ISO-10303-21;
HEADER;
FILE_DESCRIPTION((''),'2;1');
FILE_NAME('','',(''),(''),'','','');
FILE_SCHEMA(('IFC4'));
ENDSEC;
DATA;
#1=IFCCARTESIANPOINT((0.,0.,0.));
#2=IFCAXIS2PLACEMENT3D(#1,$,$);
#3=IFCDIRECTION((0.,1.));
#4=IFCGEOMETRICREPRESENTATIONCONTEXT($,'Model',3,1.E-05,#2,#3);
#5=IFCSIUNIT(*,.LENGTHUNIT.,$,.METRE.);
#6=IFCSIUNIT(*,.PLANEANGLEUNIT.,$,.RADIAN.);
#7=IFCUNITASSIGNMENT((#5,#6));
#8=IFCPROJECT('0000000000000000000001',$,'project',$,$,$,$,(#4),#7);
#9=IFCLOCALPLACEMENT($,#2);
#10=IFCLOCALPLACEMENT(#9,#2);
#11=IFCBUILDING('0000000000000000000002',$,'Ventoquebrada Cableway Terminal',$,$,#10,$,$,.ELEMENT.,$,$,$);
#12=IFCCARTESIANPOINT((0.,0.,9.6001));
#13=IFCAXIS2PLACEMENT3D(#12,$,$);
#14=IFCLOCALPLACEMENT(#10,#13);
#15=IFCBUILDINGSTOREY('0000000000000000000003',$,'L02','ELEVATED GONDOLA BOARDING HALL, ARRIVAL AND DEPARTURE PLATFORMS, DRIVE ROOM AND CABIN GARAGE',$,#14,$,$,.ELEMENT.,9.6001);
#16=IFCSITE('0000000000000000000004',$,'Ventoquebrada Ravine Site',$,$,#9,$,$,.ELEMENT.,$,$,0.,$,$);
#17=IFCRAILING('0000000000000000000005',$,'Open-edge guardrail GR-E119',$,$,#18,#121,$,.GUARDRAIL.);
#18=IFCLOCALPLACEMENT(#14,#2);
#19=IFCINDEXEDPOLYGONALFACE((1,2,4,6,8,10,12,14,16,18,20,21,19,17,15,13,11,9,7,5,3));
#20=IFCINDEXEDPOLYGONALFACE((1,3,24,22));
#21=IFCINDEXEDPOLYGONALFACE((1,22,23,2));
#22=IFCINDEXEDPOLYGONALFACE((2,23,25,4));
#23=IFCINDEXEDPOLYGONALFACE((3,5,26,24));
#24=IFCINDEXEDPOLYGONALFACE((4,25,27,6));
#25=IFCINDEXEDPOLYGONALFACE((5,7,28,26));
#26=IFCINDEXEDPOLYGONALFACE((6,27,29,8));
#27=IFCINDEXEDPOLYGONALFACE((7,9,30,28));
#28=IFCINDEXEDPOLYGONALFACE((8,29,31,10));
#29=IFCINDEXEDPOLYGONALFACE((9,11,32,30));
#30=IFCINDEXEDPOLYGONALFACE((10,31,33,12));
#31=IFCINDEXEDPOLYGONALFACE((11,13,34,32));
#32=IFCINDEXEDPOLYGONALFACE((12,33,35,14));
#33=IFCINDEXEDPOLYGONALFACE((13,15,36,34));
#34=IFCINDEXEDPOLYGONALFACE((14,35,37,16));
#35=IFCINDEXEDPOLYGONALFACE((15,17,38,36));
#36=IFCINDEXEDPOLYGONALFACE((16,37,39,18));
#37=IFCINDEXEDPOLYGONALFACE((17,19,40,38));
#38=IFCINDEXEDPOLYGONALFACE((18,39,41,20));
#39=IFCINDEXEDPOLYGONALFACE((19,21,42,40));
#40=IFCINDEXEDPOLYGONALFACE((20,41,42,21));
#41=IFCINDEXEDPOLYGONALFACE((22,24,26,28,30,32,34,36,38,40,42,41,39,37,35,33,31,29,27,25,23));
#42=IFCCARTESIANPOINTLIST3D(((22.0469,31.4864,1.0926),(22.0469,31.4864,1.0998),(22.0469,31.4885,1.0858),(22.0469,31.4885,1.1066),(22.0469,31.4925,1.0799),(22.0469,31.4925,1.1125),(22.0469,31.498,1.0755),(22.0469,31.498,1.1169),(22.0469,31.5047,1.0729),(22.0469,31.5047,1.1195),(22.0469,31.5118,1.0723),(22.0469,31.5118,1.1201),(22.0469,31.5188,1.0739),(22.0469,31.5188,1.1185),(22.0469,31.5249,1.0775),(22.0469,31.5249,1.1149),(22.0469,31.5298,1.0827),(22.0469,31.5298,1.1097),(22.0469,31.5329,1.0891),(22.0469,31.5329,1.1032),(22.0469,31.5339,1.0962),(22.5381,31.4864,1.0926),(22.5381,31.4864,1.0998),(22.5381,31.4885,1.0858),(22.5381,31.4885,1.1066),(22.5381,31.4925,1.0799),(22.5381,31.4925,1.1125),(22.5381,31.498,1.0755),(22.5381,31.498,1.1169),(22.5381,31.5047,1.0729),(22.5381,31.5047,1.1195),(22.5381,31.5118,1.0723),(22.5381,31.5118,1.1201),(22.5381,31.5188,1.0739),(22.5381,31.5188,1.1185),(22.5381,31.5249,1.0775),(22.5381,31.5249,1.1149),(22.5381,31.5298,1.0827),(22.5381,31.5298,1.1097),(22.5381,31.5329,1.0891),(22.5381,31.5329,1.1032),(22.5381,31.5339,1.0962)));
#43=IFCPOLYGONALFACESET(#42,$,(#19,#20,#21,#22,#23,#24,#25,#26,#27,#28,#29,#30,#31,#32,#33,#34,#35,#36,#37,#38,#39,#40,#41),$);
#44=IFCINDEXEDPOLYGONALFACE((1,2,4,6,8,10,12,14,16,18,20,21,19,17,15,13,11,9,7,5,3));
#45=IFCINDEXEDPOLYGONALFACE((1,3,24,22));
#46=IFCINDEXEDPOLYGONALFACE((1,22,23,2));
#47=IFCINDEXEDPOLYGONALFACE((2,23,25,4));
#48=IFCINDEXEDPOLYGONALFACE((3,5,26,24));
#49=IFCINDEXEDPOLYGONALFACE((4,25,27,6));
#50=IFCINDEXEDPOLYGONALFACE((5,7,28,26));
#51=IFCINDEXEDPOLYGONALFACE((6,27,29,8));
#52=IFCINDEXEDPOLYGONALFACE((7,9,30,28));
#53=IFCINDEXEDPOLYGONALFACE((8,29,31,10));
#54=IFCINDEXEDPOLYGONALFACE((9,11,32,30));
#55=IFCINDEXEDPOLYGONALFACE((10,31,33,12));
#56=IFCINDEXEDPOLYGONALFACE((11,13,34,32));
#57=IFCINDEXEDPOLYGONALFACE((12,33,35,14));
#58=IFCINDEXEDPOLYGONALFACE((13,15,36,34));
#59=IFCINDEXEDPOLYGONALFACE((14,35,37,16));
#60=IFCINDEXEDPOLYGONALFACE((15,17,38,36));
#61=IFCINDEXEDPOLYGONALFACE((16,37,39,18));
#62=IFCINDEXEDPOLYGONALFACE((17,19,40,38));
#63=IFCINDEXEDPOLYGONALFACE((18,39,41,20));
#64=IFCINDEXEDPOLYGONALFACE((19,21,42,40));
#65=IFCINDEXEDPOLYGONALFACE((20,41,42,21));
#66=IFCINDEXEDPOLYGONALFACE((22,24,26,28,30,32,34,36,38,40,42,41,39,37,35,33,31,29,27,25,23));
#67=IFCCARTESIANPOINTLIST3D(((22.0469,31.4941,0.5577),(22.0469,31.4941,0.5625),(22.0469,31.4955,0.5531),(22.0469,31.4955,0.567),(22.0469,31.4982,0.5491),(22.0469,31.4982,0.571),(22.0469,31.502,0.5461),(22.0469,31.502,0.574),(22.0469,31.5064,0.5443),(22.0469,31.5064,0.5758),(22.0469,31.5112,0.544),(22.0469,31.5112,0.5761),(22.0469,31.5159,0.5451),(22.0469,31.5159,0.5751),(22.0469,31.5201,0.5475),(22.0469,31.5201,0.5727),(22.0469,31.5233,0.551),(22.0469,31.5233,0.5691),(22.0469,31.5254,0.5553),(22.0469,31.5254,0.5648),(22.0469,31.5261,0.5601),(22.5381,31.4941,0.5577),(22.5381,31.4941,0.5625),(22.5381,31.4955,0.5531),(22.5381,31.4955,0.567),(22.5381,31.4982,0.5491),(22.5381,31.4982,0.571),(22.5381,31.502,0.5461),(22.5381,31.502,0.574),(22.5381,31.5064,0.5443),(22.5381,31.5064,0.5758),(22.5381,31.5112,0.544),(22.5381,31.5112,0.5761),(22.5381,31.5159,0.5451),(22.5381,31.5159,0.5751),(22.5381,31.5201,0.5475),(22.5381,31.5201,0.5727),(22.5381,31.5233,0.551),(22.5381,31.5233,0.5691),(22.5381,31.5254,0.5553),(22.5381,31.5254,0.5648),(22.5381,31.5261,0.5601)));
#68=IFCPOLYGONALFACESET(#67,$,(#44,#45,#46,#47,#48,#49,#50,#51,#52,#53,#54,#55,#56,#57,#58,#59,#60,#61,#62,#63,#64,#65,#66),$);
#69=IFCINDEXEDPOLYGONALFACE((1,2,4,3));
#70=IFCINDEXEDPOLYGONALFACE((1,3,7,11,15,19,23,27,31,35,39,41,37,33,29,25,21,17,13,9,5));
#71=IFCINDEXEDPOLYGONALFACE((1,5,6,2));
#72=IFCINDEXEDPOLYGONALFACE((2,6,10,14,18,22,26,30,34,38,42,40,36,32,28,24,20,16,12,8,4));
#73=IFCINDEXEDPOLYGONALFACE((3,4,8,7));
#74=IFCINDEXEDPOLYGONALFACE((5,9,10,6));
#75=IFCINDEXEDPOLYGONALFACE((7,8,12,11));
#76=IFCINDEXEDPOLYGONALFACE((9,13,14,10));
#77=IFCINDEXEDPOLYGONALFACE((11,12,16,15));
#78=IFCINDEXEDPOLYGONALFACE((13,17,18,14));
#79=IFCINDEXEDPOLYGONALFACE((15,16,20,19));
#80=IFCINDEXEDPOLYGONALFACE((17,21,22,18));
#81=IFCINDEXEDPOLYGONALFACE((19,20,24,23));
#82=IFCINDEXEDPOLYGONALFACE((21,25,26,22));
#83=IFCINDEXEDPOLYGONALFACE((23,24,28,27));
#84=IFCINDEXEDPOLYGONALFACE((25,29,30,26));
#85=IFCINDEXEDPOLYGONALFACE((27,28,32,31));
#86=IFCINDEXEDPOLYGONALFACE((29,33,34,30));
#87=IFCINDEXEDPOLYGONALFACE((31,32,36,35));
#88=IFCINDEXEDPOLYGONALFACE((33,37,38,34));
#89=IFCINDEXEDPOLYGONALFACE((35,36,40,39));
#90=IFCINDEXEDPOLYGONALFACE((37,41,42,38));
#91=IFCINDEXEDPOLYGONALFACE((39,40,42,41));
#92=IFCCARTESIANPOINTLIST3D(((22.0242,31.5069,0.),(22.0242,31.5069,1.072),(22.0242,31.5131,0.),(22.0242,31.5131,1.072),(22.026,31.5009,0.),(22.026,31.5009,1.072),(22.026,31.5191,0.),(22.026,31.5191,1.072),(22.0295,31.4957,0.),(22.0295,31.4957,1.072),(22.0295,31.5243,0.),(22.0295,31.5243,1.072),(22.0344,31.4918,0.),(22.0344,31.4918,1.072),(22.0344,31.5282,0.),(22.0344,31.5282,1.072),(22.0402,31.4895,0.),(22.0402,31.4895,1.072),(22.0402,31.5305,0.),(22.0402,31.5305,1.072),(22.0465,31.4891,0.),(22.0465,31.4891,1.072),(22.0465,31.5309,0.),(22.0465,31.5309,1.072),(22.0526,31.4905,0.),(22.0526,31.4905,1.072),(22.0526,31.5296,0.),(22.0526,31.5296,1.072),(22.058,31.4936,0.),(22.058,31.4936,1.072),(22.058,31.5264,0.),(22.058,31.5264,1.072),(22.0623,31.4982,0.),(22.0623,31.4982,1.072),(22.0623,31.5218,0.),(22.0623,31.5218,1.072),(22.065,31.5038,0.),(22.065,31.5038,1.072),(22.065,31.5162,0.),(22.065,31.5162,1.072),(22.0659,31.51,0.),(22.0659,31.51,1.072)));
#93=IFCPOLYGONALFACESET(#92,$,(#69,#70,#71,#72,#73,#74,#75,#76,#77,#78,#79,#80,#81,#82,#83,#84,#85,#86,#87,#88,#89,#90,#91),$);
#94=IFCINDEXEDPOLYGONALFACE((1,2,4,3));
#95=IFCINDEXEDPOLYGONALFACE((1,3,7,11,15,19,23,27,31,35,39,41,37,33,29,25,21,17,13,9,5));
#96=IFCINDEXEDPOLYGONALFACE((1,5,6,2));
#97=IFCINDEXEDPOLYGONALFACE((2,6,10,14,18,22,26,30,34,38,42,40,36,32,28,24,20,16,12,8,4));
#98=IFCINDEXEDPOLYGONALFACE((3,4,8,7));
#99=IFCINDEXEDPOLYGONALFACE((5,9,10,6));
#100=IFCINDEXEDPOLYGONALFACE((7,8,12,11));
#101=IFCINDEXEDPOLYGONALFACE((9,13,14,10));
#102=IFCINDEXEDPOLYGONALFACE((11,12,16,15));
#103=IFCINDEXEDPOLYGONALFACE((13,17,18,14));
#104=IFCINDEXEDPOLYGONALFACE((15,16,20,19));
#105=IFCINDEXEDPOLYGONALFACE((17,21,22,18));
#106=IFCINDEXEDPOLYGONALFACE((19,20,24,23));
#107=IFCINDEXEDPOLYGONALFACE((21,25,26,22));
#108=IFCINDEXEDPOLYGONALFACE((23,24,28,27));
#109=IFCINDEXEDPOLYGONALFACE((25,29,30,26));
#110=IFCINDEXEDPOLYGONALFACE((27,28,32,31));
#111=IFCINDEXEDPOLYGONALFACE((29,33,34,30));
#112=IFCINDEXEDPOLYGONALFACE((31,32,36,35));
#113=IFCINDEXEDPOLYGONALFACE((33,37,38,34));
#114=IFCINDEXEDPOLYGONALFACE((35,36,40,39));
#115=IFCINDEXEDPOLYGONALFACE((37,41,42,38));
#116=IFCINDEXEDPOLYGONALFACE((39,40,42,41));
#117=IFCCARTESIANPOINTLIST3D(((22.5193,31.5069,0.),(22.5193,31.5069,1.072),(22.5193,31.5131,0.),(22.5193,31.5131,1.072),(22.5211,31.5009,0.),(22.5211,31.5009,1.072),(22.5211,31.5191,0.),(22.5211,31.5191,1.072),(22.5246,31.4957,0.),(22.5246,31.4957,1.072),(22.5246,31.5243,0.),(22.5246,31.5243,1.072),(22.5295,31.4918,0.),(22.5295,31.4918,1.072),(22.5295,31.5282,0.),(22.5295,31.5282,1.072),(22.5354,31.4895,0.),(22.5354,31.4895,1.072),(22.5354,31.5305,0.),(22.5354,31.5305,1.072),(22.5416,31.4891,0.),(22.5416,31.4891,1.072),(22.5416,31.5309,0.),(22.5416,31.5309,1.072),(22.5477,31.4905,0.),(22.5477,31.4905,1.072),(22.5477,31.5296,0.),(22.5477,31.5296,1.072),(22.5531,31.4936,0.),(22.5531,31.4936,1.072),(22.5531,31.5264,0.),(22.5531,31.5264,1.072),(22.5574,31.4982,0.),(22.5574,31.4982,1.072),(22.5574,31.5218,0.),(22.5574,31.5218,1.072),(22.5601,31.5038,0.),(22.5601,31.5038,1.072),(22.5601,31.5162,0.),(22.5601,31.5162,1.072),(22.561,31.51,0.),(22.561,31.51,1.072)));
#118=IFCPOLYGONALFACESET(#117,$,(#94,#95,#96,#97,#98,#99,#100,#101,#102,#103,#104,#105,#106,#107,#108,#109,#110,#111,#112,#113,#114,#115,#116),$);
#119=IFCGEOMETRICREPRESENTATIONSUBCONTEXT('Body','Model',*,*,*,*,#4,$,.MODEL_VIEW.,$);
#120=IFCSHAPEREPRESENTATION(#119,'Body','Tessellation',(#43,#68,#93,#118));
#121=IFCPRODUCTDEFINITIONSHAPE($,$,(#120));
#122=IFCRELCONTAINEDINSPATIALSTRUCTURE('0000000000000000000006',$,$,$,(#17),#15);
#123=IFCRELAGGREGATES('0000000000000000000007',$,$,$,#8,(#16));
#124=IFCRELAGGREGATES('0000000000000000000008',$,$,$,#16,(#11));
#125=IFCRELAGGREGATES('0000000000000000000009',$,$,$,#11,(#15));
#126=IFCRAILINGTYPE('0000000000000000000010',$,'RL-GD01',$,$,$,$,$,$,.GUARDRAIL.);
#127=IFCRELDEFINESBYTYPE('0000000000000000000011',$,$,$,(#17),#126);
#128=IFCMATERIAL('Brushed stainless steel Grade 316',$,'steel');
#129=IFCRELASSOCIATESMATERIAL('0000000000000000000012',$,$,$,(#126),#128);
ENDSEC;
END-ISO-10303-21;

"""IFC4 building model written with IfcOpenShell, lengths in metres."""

from ifc_helpers import new_model, si_unit, direction, frame, origin, origin_2d, place, context, subcontext, project, spatial, circle, extrude, material, type_object, element, save


model = new_model("IFC4")

# Units and contexts
model_context = context("Model", 3, precision=1e-05, world=origin(), true_north=direction((0.0, 1.0)))
body_context = subcontext(model_context, "Body", "Model", "MODEL_VIEW")
ifc_project = project(units=[si_unit("LENGTHUNIT", "METRE"), si_unit("PLANEANGLEUNIT", "RADIAN")], contexts=[model_context])

# Site, building, storey
site_placement = place(None, origin())
site = spatial("IfcSite", under=ifc_project, at=site_placement, Name="Ventoquebrada Ravine Site", CompositionType="ELEMENT", RefElevation=0.0)
building_placement = place(site_placement, origin())
building = spatial("IfcBuilding", under=site, at=building_placement, Name="Ventoquebrada Cableway Terminal", CompositionType="ELEMENT")
storey_placement = place(building_placement, frame((0.0, 0.0, 9.6001)))
storey = spatial("IfcBuildingStorey", under=building, at=storey_placement, Name="L02", Description="ELEVATED GONDOLA BOARDING HALL, ARRIVAL AND DEPARTURE PLATFORMS, DRIVE ROOM AND CABIN GARAGE", CompositionType="ELEMENT", Elevation=9.6001)

# Railing
ifc_material_1 = material(Name="Brushed stainless steel Grade 316", Category="steel")
railing_type = type_object("IfcRailingType", Name="RL-GD01", PredefinedType="GUARDRAIL", material=ifc_material_1)
railing_placement = place(storey_placement, frame((22.0449, 31.51, 0.0)))
element("IfcRailing", 1, at=railing_placement, inside=storey, type_object=railing_type, Name="Open-edge guardrail GR-E119", PredefinedType="GUARDRAIL", context=body_context, shape_type="SweptSolid", body=[
    extrude(circle(Radius=0.0239, at=origin_2d()), frame((0.002, 0.0, 1.0962), z_axis=(1.0, 0.0, 0.0), x_axis=(0.0, 1.0, 0.0)), (0.0, 0.0, 1.0), 0.4912),
    extrude(circle(Radius=0.0161, at=origin_2d()), frame((0.002, 0.0, 0.5601), z_axis=(1.0, 0.0, 0.0), x_axis=(0.0, 1.0, 0.0)), (0.0, 0.0, 1.0), 0.4912),
    extrude(circle(Radius=0.021, at=origin_2d()), origin(), (0.0, 0.0, 1.0), 1.072),
    extrude(circle(Radius=0.021, at=origin_2d()), frame((0.4951, 0.0, 0.0)), (0.0, 0.0, 1.0), 1.072),
])

save(model, "model.ifc")
